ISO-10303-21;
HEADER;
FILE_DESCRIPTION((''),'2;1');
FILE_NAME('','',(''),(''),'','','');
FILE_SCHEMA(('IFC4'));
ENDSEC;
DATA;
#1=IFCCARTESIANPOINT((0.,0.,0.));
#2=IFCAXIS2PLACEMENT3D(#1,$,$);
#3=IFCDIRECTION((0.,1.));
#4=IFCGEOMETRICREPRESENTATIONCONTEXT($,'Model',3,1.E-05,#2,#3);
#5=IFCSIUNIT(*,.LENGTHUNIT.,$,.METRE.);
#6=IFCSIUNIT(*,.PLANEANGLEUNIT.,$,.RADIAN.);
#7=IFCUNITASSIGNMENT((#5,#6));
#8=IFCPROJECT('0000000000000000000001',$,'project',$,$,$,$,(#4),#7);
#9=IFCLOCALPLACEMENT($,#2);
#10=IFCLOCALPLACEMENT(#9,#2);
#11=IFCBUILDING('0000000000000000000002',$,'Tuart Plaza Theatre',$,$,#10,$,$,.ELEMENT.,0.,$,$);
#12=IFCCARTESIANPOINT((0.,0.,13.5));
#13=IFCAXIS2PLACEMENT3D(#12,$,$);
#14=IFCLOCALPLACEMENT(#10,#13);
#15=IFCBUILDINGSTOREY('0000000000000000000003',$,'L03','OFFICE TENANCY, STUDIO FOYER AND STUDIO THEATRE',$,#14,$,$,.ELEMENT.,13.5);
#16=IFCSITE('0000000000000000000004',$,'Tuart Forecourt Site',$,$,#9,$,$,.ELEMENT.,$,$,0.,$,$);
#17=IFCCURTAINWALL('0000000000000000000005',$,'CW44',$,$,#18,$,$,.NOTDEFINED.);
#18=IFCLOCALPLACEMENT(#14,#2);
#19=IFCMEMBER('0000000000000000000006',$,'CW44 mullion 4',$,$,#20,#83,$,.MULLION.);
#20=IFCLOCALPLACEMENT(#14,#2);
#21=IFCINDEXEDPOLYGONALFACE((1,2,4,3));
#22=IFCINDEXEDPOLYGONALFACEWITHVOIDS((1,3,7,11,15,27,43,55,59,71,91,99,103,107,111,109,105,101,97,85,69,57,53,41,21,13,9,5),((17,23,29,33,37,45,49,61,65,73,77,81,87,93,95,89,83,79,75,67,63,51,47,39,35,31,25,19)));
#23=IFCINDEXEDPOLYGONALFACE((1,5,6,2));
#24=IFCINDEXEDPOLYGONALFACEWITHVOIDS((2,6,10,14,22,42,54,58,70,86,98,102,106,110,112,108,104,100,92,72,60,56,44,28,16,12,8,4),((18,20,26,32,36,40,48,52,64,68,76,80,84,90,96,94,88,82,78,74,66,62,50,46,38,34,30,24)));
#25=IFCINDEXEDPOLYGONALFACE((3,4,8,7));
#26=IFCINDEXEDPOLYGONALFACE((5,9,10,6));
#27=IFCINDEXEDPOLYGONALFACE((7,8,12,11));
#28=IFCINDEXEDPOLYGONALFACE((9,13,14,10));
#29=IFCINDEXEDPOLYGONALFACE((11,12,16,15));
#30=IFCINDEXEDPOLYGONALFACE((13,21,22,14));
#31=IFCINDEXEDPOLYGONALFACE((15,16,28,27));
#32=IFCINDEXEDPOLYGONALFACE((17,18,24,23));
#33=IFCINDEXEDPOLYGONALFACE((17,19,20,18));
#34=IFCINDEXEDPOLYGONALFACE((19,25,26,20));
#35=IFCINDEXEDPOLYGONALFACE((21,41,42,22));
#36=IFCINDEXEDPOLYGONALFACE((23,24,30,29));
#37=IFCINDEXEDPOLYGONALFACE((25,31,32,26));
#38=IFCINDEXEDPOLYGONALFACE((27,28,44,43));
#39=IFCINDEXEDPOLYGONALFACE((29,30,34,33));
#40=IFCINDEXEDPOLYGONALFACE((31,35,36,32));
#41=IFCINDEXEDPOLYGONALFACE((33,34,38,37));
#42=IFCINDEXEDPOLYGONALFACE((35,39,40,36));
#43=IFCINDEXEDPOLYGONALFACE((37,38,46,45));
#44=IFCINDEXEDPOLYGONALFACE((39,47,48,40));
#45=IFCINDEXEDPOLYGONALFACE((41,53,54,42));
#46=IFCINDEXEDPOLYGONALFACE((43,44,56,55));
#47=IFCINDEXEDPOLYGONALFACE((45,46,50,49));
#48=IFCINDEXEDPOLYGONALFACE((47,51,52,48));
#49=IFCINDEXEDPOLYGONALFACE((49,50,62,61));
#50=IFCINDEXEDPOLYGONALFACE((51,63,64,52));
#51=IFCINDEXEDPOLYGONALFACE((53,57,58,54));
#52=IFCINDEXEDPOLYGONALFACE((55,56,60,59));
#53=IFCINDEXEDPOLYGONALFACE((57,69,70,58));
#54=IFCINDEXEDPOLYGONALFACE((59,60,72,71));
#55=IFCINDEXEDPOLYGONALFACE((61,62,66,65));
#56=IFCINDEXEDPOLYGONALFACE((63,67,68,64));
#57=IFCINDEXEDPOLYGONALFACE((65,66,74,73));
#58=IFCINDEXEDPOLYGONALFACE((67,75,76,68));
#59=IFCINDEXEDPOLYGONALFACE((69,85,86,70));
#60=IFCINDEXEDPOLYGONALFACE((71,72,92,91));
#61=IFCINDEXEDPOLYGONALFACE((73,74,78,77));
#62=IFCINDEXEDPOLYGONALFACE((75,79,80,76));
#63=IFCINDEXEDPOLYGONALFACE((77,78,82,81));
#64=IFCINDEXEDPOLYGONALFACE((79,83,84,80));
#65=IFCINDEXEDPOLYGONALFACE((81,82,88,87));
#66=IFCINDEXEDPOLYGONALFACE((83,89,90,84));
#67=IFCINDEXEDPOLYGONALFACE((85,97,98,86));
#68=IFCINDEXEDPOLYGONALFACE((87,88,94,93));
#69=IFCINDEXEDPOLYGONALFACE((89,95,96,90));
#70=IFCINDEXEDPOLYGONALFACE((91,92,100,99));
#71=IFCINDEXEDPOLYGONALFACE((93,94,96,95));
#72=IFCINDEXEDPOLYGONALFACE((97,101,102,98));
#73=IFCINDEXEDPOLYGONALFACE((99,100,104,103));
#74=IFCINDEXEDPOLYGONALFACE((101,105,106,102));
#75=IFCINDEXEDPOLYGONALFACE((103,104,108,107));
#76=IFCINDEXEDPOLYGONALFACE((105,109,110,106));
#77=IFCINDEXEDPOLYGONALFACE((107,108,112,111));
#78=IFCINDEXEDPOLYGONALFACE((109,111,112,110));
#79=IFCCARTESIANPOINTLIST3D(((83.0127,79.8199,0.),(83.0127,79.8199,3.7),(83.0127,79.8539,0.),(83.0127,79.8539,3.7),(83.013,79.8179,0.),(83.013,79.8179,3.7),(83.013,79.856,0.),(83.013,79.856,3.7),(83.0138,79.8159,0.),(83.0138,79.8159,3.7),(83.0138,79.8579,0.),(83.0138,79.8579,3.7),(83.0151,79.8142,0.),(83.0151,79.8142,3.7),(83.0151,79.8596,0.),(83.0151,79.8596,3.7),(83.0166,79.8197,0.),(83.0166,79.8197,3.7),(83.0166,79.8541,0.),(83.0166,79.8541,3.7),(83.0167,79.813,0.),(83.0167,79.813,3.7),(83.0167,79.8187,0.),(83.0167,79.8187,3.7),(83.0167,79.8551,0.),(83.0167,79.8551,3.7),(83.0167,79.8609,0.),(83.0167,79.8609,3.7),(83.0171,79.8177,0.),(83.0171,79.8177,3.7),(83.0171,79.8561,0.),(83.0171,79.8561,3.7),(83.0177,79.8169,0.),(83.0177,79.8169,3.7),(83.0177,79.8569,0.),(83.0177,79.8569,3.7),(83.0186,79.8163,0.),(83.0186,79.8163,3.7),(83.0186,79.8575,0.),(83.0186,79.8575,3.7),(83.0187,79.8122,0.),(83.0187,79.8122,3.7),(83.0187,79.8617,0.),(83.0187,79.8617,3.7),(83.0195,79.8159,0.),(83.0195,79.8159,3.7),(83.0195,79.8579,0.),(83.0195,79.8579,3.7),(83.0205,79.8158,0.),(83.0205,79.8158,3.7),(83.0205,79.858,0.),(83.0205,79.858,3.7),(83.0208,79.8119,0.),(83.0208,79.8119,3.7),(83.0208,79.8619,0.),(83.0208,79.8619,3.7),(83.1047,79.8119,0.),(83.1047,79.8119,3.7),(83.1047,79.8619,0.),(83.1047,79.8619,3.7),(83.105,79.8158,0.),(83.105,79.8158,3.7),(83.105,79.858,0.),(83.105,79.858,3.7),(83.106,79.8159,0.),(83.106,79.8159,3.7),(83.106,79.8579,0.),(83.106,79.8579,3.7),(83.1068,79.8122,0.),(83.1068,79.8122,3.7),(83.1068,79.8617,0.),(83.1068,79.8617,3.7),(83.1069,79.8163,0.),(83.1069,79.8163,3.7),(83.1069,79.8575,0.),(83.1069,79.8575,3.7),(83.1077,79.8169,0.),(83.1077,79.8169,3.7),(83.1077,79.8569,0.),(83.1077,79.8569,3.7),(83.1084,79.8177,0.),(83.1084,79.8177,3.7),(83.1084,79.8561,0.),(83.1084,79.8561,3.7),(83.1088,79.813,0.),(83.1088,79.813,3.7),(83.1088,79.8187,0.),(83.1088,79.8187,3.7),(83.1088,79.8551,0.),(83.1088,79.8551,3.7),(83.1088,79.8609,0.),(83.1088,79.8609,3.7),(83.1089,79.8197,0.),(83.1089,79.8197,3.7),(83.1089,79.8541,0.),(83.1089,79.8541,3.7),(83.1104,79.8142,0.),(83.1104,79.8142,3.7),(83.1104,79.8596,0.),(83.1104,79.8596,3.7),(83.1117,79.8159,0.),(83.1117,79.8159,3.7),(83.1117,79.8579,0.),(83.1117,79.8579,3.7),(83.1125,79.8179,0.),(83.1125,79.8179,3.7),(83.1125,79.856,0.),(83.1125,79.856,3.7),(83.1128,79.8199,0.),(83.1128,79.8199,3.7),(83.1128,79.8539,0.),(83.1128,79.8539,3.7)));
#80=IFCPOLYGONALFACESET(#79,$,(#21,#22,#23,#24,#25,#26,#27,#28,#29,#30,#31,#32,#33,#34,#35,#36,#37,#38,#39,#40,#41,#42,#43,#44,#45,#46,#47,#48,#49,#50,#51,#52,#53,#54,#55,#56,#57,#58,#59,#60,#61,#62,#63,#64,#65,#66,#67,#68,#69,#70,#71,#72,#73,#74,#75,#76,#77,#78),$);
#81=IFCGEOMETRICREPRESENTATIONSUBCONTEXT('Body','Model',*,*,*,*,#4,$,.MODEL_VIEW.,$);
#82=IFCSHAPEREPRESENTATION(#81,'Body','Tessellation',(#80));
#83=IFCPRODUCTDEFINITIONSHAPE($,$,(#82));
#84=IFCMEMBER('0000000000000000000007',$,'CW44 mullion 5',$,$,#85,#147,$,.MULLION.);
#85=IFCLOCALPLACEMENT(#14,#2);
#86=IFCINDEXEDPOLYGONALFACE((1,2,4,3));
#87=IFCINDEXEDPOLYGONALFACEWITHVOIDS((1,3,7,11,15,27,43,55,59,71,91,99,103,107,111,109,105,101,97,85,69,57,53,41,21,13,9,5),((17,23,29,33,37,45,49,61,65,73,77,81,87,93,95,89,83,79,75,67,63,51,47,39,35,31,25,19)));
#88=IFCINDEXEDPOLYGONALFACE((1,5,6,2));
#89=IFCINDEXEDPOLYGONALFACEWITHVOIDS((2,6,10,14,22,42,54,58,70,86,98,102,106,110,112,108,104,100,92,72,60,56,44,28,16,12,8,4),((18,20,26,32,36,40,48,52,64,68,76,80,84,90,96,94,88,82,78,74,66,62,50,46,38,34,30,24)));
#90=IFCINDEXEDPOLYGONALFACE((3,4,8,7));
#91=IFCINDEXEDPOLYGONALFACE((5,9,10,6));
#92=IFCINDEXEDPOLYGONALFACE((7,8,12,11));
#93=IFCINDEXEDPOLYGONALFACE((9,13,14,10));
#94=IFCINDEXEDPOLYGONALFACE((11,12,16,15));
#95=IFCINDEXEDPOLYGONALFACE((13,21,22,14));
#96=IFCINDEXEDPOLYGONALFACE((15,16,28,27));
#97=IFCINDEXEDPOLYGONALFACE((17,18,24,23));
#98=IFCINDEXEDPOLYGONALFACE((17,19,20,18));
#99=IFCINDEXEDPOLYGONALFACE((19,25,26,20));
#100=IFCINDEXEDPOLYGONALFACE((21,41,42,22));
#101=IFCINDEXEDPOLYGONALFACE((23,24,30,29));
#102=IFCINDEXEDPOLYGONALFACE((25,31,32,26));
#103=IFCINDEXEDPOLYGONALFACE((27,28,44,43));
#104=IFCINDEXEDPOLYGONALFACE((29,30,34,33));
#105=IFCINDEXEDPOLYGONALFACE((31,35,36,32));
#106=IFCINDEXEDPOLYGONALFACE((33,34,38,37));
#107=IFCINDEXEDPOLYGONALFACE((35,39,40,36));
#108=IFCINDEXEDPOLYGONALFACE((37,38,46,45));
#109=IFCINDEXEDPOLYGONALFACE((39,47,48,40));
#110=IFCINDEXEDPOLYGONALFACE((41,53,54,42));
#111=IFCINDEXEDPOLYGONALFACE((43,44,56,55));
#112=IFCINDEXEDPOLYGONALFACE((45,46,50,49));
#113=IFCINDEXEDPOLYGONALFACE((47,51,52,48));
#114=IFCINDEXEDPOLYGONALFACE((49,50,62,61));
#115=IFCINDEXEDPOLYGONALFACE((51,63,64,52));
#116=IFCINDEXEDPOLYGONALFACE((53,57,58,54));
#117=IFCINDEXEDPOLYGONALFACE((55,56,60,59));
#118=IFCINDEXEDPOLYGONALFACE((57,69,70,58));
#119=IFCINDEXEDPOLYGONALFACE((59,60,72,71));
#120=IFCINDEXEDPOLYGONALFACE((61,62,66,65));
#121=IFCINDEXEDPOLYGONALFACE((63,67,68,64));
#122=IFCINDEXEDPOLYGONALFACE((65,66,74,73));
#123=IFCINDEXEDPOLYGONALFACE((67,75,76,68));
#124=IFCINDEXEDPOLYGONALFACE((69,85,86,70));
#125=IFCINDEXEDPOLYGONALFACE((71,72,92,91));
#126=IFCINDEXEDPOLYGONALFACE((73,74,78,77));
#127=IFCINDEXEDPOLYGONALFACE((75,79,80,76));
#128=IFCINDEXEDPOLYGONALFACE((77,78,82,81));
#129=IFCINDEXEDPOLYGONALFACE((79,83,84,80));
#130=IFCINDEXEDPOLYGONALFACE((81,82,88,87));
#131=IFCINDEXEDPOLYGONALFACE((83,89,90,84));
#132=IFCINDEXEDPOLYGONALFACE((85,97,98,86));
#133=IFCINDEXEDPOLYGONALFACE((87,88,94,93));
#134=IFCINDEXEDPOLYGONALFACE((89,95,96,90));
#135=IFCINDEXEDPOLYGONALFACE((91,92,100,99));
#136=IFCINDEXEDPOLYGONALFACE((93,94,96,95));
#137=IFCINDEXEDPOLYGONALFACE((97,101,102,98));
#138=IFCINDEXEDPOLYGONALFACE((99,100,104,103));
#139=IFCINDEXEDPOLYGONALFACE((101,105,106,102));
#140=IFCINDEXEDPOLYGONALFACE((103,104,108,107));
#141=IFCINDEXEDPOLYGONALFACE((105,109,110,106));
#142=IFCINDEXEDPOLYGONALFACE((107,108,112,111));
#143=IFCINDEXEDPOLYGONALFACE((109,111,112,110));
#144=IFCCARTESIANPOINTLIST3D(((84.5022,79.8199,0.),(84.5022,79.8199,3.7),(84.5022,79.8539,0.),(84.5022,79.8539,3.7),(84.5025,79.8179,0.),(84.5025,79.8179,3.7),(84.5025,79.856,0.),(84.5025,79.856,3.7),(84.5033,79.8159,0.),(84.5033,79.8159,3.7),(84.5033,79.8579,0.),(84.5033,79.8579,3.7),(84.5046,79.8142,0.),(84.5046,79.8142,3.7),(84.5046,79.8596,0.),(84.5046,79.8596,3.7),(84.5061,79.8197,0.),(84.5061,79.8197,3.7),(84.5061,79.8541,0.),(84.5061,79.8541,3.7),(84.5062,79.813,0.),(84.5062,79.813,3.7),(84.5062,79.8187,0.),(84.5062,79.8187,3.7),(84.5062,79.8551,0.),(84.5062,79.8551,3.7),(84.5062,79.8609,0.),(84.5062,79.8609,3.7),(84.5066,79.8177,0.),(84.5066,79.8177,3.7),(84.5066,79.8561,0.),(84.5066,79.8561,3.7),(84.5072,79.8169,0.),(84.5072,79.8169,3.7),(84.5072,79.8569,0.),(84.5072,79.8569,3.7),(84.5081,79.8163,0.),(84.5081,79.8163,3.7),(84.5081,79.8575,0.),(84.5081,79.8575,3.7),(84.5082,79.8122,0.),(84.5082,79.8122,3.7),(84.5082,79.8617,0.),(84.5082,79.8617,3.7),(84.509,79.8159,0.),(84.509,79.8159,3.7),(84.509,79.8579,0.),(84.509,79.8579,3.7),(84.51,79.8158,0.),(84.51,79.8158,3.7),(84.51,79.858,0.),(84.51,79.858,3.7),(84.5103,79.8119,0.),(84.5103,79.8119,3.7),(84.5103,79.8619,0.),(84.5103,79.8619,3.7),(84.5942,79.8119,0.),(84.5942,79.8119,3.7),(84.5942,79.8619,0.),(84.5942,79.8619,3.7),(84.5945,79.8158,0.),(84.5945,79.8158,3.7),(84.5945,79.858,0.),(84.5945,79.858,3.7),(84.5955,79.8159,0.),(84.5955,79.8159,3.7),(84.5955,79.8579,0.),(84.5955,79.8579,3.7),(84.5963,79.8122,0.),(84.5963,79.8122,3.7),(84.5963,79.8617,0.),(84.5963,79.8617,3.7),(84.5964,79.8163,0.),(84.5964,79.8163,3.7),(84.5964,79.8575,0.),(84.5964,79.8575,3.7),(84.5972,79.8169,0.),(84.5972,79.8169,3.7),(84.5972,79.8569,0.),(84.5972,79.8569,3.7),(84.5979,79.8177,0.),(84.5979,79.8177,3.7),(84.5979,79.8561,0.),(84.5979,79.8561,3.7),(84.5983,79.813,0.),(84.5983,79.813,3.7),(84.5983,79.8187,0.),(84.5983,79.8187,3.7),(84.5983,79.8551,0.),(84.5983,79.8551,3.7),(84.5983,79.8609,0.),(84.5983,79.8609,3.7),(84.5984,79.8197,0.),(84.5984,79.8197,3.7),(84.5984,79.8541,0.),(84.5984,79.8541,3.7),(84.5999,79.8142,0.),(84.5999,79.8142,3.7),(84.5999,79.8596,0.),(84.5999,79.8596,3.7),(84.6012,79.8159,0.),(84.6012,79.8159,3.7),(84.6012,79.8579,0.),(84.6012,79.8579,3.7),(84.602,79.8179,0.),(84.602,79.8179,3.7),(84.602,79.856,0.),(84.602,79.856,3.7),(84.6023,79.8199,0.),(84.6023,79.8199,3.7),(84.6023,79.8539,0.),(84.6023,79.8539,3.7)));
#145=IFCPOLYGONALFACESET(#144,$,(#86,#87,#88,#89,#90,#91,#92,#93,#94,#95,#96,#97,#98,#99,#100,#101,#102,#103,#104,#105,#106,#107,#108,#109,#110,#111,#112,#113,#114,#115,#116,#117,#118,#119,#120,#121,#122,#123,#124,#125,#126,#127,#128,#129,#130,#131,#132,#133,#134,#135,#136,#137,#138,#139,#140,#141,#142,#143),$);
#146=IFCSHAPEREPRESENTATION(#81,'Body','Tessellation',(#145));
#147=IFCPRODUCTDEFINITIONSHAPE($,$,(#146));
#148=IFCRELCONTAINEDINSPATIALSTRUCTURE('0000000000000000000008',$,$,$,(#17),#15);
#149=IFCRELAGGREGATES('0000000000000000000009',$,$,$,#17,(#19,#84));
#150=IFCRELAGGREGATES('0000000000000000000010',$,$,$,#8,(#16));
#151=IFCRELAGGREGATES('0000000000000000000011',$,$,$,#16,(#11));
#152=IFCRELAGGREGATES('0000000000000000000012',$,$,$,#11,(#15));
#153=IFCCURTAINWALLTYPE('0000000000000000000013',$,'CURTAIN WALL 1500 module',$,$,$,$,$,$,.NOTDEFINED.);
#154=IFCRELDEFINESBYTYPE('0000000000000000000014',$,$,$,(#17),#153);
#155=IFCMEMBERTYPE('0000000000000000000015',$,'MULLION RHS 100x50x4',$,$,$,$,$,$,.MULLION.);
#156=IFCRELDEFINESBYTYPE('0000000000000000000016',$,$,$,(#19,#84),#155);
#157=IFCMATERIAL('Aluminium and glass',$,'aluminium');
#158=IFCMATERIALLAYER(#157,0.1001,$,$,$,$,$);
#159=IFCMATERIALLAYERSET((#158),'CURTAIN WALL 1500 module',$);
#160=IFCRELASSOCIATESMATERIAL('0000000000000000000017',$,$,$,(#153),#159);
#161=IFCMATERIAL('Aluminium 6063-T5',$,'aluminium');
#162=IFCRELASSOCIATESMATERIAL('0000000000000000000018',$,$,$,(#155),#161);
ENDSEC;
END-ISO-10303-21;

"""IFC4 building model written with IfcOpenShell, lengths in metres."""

from ifc_helpers import new_model, si_unit, direction, frame, origin, origin_2d, place, context, subcontext, project, spatial, hollow_rectangle, extrude, material, layer, layer_set, material_profile, profile_set, type_object, element, aggregate, save


model = new_model("IFC4")

# Units and contexts
model_context = context("Model", 3, precision=1e-05, world=origin(), true_north=direction((0.0, 1.0)))
body_context = subcontext(model_context, "Body", "Model", "MODEL_VIEW")
ifc_project = project(units=[si_unit("LENGTHUNIT", "METRE"), si_unit("PLANEANGLEUNIT", "RADIAN")], contexts=[model_context])

# Site, building, storey
site_placement = place(None, origin())
site = spatial("IfcSite", under=ifc_project, at=site_placement, Name="Tuart Forecourt Site", CompositionType="ELEMENT", RefElevation=0.0)
building_placement = place(site_placement, origin())
building = spatial("IfcBuilding", under=site, at=building_placement, Name="Tuart Plaza Theatre", CompositionType="ELEMENT", ElevationOfRefHeight=0.0)
storey_placement = place(building_placement, frame((0.0, 0.0, 13.5)))
storey = spatial("IfcBuildingStorey", under=building, at=storey_placement, Name="L03", Description="OFFICE TENANCY, STUDIO FOYER AND STUDIO THEATRE", CompositionType="ELEMENT", Elevation=13.5)

# Curtain wall, members
ifc_material_1 = material(Name="Aluminium and glass", Category="aluminium")
ifc_layer_1 = layer(ifc_material_1, 0.1001)
ifc_layer_set_1 = layer_set([ifc_layer_1], Name="CURTAIN WALL 1500 module")
curtain_wall_type = type_object("IfcCurtainWallType", Name="CURTAIN WALL 1500 module", PredefinedType="NOTDEFINED", material=ifc_layer_set_1)
curtain_wall_placement = place(storey_placement, origin())
curtain_wall = element("IfcCurtainWall", 1, at=curtain_wall_placement, inside=storey, type_object=curtain_wall_type, Name="CW44", PredefinedType="NOTDEFINED")
ifc_material_2 = material(Name="Aluminium 6063-T5", Category="aluminium")
ifc_material_profile_1 = material_profile(ifc_material_2, hollow_rectangle(XDim=0.05, YDim=0.1001, WallThickness=0.0039, InnerFilletRadius=0.0039, OuterFilletRadius=0.0081, at=origin_2d()), Name="RHS 100x50x4")
ifc_profile_set_1 = profile_set([ifc_material_profile_1], Name="Aluminium 6063-T5")
member_type_1 = type_object("IfcMemberType", Name="MULLION RHS 100x50x4", PredefinedType="MULLION", material=ifc_profile_set_1)
member_1_placement = place(storey_placement, frame((83.0627, 79.8369, 0.0), z_axis=(0.0, 0.0, 1.0), x_axis=(0.0, 1.0, 0.0)))
member_1 = element("IfcMember", 2, at=member_1_placement, type_object=member_type_1, Name="CW44 mullion 4", PredefinedType="MULLION", context=body_context, shape_type="SweptSolid", body=[
    extrude(hollow_rectangle(XDim=0.05, YDim=0.1001, WallThickness=0.0039, InnerFilletRadius=0.0039, OuterFilletRadius=0.0081, at=origin_2d()), origin(), (0.0, 0.0, 1.0), 3.7),
])
member_2_placement = place(storey_placement, frame((84.5522, 79.8369, 0.0), z_axis=(0.0, 0.0, 1.0), x_axis=(0.0, 1.0, 0.0)))
member_2 = element("IfcMember", 3, at=member_2_placement, type_object=member_type_1, Name="CW44 mullion 5", PredefinedType="MULLION", context=body_context, shape_type="SweptSolid", body=[
    extrude(hollow_rectangle(XDim=0.05, YDim=0.1001, WallThickness=0.0039, InnerFilletRadius=0.0039, OuterFilletRadius=0.0081, at=origin_2d()), origin(), (0.0, 0.0, 1.0), 3.7),
])
aggregate(curtain_wall, [member_1, member_2])

save(model, "model.ifc")
